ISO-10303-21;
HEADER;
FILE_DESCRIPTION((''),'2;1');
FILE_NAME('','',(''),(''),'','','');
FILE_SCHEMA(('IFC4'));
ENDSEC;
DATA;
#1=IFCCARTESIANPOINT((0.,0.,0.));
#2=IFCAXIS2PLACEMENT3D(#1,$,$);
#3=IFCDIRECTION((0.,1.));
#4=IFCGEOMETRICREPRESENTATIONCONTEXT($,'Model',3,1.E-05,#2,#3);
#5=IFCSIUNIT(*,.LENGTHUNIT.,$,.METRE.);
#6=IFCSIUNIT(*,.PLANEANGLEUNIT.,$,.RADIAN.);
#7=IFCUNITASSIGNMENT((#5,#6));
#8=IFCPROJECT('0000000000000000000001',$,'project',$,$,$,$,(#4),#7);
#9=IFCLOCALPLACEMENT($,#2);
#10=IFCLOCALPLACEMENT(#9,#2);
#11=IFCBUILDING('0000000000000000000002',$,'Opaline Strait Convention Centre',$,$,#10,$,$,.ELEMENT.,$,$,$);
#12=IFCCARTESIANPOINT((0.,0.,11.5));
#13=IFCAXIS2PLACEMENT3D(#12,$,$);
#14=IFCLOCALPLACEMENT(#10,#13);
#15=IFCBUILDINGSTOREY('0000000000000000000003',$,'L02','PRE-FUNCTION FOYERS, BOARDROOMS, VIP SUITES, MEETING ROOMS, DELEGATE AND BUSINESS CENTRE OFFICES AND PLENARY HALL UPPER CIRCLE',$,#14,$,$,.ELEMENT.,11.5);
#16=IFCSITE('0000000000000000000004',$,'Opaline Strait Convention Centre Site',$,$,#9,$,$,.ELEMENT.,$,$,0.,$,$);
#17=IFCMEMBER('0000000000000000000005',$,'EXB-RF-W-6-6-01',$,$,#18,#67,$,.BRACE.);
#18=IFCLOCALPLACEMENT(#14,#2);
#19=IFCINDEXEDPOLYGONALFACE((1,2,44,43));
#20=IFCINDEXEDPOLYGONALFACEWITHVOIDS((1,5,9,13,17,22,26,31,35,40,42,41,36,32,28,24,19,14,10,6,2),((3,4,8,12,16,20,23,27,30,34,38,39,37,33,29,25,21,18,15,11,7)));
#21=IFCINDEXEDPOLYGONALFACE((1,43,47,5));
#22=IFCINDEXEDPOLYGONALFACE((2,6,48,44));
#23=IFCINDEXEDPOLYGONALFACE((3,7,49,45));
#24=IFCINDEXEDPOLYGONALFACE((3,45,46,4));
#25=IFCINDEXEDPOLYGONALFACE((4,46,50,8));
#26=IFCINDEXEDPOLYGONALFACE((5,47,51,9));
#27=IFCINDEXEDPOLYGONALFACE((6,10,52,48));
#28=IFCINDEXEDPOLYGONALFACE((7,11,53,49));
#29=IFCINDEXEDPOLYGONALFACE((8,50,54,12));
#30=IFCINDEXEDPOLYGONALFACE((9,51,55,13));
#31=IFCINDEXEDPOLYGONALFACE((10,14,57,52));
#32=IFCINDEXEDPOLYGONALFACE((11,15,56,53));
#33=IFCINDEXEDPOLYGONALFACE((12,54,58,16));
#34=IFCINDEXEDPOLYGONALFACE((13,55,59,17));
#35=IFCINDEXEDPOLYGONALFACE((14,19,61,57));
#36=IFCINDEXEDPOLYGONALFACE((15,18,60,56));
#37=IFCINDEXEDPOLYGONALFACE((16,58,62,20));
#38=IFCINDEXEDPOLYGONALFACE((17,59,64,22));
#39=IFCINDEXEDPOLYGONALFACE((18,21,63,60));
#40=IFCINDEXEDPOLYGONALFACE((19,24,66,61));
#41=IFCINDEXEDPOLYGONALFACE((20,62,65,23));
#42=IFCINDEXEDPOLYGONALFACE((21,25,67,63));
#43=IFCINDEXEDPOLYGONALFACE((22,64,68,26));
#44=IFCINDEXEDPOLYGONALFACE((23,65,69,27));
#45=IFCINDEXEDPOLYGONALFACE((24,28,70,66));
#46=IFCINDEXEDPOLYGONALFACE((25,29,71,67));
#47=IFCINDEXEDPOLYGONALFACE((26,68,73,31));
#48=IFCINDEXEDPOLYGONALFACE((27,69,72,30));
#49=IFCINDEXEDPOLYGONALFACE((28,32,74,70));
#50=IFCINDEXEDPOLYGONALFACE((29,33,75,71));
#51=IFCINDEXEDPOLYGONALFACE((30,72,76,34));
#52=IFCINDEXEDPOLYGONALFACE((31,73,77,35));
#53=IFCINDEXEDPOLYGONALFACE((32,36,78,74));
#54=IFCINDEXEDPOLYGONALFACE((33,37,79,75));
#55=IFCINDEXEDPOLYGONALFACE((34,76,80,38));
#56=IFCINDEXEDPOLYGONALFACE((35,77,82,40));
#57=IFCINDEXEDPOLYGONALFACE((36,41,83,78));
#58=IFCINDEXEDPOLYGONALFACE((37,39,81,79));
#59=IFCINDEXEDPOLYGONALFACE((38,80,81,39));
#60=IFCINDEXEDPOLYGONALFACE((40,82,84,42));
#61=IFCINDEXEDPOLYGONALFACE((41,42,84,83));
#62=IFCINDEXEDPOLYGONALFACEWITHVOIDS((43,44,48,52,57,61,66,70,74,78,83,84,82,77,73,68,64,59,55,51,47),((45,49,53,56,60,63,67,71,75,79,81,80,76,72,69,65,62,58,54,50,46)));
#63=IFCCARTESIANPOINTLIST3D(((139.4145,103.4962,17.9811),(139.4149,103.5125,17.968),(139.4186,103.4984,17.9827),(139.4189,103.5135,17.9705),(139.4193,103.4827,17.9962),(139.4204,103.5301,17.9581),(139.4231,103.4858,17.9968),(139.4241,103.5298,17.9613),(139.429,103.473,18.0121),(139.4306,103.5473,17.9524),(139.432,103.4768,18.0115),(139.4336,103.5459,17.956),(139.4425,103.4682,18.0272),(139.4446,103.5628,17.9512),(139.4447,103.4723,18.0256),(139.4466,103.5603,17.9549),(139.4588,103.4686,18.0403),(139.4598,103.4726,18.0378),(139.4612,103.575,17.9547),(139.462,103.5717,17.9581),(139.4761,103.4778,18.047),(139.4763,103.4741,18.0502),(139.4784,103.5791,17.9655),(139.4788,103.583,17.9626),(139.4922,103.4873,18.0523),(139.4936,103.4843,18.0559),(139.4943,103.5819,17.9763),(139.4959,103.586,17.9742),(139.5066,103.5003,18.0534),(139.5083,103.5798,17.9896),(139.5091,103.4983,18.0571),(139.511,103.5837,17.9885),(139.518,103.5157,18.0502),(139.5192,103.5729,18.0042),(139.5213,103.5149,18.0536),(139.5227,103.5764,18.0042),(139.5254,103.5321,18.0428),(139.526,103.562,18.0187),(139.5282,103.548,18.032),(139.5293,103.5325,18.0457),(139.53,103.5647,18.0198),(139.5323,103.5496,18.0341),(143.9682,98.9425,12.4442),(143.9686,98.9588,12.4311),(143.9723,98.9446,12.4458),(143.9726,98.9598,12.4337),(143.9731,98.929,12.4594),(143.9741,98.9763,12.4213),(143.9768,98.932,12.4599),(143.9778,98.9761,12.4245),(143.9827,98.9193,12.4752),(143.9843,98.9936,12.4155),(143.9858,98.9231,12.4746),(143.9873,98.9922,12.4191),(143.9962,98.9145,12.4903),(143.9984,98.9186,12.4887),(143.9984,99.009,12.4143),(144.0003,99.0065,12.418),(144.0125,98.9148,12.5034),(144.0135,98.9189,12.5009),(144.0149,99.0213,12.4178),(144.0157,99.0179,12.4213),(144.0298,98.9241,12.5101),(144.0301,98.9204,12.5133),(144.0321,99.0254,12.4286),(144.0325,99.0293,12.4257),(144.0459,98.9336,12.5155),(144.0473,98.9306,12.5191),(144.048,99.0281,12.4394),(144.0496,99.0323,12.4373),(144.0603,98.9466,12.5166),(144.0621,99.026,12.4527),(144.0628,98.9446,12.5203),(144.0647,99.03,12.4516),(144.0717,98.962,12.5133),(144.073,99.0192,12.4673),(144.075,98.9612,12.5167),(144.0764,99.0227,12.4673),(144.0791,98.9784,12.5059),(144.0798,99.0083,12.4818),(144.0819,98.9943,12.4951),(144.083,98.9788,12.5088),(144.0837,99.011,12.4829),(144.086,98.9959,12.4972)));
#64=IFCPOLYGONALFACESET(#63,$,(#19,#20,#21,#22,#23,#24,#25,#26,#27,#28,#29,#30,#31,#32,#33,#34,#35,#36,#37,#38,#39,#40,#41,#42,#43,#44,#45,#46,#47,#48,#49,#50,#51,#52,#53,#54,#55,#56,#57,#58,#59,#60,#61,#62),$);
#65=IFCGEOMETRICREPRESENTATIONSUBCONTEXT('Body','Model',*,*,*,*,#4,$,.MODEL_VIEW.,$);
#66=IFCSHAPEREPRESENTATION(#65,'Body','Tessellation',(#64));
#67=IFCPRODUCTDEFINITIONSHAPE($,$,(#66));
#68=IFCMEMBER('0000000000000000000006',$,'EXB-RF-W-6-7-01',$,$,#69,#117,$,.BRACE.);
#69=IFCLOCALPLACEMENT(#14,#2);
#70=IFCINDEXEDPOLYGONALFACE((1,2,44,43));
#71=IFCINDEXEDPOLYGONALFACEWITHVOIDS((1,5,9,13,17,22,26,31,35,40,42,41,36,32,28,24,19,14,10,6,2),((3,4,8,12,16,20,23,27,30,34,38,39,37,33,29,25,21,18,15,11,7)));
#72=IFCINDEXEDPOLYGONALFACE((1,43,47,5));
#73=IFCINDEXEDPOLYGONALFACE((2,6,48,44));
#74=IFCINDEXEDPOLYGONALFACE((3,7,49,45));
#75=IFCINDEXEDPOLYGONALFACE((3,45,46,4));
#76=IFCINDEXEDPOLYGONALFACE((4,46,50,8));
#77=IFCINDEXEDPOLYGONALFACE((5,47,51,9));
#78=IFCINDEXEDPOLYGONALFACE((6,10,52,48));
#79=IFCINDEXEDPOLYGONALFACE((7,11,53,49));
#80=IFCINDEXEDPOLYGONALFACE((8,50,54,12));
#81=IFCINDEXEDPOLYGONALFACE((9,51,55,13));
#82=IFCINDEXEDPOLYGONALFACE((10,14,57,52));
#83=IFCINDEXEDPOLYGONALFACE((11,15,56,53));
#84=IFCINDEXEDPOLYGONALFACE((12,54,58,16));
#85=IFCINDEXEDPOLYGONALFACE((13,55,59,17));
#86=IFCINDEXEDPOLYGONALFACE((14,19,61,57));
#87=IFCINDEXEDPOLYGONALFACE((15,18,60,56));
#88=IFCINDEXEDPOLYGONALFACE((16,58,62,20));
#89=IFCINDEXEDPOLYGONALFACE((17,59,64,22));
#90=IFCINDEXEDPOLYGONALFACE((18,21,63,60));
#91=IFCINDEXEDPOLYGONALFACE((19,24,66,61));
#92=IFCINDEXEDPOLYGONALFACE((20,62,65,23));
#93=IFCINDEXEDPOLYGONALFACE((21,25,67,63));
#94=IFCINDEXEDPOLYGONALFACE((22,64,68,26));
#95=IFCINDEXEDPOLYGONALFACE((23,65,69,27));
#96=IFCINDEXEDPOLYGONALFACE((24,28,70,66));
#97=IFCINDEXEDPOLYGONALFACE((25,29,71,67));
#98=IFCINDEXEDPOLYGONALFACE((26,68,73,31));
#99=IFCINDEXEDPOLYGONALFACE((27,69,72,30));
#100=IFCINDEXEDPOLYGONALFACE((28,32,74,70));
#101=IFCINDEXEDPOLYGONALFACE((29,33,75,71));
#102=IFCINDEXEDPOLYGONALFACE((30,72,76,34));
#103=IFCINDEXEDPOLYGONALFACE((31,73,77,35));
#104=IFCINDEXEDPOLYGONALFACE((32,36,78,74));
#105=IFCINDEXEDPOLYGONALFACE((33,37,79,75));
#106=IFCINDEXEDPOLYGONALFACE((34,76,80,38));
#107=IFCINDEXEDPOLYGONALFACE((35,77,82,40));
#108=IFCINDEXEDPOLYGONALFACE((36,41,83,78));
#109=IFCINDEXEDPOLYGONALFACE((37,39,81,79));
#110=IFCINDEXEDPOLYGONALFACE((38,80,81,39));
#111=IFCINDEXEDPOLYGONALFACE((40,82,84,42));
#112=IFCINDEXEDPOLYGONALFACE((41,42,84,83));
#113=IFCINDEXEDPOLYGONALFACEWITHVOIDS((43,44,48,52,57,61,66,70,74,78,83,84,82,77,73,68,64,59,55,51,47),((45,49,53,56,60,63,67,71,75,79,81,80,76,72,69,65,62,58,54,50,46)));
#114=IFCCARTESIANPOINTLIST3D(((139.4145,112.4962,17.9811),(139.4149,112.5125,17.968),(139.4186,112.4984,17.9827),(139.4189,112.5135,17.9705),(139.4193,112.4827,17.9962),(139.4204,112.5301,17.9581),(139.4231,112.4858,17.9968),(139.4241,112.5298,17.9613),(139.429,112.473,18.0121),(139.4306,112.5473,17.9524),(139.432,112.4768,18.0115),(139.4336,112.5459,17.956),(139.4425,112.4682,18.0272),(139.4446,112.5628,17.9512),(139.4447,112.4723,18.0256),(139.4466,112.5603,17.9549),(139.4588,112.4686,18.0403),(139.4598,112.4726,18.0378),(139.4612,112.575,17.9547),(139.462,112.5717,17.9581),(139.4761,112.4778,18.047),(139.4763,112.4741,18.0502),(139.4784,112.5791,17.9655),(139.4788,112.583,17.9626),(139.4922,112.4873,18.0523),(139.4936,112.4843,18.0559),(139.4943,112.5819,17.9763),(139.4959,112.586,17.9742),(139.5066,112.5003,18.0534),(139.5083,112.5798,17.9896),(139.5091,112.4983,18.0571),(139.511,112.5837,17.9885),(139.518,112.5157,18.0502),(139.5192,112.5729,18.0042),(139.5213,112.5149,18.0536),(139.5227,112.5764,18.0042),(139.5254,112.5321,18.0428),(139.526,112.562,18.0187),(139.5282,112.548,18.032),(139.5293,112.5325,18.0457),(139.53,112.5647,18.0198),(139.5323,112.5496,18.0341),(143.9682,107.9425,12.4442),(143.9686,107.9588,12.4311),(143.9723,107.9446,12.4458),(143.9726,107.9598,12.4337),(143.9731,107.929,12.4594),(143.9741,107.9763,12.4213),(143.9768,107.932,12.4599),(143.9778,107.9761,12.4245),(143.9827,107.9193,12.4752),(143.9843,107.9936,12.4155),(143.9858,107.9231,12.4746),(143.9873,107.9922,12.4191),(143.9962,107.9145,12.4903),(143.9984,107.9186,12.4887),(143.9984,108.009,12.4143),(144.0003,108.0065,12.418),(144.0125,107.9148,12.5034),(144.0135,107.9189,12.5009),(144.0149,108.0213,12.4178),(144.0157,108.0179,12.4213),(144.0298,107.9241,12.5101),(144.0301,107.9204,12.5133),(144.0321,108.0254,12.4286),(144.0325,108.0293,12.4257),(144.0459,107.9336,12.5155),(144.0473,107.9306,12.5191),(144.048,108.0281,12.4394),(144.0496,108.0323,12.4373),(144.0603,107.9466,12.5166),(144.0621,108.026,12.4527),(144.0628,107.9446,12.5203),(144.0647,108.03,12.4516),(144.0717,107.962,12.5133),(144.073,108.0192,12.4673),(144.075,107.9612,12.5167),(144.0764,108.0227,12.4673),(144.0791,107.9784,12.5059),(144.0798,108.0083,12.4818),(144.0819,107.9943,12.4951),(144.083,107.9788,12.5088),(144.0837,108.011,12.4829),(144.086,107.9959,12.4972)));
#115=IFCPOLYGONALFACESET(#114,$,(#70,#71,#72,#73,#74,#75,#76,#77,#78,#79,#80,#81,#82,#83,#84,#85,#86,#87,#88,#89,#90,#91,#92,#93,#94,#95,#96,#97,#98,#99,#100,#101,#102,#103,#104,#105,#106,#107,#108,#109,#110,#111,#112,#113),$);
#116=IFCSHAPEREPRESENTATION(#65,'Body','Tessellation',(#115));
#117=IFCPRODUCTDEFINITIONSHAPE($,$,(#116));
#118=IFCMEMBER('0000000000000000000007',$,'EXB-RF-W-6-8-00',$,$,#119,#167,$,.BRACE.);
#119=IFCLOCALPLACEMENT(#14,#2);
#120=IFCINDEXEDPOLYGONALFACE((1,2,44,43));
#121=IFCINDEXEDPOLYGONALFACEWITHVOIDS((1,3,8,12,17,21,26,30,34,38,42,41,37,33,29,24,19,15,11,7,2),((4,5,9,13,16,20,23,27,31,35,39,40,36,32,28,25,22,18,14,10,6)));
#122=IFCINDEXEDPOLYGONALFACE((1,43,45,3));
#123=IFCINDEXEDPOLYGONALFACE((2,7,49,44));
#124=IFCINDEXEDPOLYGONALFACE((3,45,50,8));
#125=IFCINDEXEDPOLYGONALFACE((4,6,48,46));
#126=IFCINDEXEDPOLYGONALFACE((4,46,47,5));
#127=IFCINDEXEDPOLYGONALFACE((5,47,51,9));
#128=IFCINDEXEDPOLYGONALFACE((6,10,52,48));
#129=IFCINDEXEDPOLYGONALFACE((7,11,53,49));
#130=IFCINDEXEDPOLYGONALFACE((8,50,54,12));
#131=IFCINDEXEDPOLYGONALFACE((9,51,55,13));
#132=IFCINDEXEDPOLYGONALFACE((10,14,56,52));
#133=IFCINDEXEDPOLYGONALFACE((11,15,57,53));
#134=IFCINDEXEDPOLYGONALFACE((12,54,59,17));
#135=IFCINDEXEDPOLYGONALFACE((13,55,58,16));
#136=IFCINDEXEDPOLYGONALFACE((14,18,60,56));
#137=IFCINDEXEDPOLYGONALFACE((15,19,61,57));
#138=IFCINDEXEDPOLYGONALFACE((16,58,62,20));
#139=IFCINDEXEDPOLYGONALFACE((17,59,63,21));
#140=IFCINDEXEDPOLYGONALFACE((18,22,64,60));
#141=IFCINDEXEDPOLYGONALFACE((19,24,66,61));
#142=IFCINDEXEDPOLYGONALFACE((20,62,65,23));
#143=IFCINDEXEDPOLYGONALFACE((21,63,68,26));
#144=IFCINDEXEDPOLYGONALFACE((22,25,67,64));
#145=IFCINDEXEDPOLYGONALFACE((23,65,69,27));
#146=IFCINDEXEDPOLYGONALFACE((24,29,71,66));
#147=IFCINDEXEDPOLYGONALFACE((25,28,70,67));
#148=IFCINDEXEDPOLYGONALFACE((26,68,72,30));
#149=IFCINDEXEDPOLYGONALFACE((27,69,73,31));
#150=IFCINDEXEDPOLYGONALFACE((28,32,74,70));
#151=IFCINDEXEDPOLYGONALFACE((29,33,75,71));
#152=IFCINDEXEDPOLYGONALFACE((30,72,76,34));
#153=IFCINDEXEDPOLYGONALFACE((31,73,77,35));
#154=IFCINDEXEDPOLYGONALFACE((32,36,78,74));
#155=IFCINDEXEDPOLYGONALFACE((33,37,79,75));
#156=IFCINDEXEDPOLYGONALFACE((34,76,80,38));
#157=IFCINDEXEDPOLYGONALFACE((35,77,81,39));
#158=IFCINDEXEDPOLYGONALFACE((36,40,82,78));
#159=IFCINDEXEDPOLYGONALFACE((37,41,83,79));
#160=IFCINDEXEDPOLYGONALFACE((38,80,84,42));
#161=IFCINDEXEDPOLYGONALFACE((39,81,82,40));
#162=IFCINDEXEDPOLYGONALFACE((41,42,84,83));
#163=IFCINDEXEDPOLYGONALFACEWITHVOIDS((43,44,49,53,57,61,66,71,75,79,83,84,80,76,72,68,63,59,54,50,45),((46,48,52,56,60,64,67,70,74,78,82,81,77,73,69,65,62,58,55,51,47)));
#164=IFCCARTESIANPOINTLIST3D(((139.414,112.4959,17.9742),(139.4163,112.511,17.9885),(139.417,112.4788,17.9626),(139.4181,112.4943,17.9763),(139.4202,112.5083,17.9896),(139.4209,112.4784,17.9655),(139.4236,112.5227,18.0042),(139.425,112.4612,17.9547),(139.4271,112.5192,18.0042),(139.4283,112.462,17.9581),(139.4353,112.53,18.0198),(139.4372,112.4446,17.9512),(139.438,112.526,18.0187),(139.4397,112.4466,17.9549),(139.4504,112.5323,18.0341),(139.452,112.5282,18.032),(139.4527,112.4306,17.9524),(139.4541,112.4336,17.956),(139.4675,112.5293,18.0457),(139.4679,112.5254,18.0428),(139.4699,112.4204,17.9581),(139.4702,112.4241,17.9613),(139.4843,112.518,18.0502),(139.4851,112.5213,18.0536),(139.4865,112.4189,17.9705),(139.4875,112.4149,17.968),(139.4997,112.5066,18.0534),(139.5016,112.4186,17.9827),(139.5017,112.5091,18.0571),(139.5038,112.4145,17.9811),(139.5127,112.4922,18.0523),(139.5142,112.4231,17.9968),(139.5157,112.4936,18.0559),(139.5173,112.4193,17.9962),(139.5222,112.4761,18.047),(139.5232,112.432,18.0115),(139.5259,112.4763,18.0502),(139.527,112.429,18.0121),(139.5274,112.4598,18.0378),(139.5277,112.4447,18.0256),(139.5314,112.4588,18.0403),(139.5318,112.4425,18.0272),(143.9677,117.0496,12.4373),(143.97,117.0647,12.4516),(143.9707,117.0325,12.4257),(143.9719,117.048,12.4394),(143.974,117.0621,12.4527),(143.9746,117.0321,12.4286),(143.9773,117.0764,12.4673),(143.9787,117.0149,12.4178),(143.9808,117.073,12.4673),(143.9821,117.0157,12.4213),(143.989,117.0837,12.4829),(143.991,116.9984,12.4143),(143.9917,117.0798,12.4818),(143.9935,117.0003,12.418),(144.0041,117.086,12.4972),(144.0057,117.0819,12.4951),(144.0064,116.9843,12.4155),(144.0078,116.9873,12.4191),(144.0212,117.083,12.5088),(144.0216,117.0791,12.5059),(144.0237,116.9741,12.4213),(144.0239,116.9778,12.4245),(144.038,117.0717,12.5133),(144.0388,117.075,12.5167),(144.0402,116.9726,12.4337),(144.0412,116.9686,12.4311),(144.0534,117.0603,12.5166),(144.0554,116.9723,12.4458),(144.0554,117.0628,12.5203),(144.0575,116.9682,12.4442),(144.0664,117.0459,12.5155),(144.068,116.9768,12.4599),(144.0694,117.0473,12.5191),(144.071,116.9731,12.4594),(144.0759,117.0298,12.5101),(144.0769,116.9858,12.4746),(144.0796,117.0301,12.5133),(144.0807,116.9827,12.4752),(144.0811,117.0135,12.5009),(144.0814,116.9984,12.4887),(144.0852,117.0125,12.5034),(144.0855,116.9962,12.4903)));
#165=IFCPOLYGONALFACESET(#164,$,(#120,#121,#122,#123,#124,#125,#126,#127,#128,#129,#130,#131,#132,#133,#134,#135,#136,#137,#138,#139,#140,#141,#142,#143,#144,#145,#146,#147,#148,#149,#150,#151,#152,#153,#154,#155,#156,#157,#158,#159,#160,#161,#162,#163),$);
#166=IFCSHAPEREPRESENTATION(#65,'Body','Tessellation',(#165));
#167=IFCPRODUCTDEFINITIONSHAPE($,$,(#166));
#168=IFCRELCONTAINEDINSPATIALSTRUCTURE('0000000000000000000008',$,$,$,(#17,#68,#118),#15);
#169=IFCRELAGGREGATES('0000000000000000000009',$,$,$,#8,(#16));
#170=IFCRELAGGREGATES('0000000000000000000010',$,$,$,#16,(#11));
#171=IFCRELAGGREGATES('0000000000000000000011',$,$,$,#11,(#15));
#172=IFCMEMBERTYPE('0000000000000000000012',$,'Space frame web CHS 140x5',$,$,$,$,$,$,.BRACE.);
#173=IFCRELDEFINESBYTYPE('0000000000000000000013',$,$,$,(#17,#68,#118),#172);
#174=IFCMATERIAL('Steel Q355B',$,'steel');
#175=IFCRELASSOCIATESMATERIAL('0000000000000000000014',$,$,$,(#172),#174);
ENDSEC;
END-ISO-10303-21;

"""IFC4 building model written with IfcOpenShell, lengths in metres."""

from ifc_helpers import new_model, si_unit, direction, frame, origin, origin_2d, place, context, subcontext, project, spatial, hollow_circle, extrude, material, material_profile, profile_set, type_object, element, save


model = new_model("IFC4")

# Units and contexts
model_context = context("Model", 3, precision=1e-05, world=origin(), true_north=direction((0.0, 1.0)))
body_context = subcontext(model_context, "Body", "Model", "MODEL_VIEW")
ifc_project = project(units=[si_unit("LENGTHUNIT", "METRE"), si_unit("PLANEANGLEUNIT", "RADIAN")], contexts=[model_context])

# Site, building, storey
site_placement = place(None, origin())
site = spatial("IfcSite", under=ifc_project, at=site_placement, Name="Opaline Strait Convention Centre Site", CompositionType="ELEMENT", RefElevation=0.0)
building_placement = place(site_placement, origin())
building = spatial("IfcBuilding", under=site, at=building_placement, Name="Opaline Strait Convention Centre", CompositionType="ELEMENT")
storey_placement = place(building_placement, frame((0.0, 0.0, 11.5)))
storey = spatial("IfcBuildingStorey", under=building, at=storey_placement, Name="L02", Description="PRE-FUNCTION FOYERS, BOARDROOMS, VIP SUITES, MEETING ROOMS, DELEGATE AND BUSINESS CENTRE OFFICES AND PLENARY HALL UPPER CIRCLE", CompositionType="ELEMENT", Elevation=11.5)

# Members
ifc_material = material(Name="Steel Q355B", Category="steel")
ifc_material_profile_1 = material_profile(ifc_material, hollow_circle(Radius=0.0701, WallThickness=0.0049, at=origin_2d()), Name="CHS 140x5")
ifc_profile_set_1 = profile_set([ifc_material_profile_1], Name="Steel Q355B")
member_type_1 = type_object("IfcMemberType", Name="Space frame web CHS 140x5", PredefinedType="BRACE", material=ifc_profile_set_1)
for number, where, z_axis, x_axis, name in (
    (1, (139.4731, 103.5269, 18.0042), (0.536178, -0.536178, -0.65194), (0.707107, 0.707107, 0.0), "EXB-RF-W-6-6-01"),
    (2, (139.4731, 112.5269, 18.0042), (0.536178, -0.536178, -0.65194), (0.707107, 0.707107, 0.0), "EXB-RF-W-6-7-01"),
    (3, (139.4731, 112.4731, 18.0042), (0.536178, 0.536178, -0.65194), (-0.707107, 0.707107, 0.0), "EXB-RF-W-6-8-00"),
):
    element("IfcMember", number, at=place(storey_placement, frame(where, z_axis=z_axis, x_axis=x_axis)), inside=storey, type_object=member_type_1, Name=name, PredefinedType="BRACE", context=body_context, shape_type="SweptSolid", body=[
        extrude(hollow_circle(Radius=0.0701, WallThickness=0.0049, at=origin_2d()), origin(), (0.0, 0.0, 1.0), 8.4929),
    ])

save(model, "model.ifc")
